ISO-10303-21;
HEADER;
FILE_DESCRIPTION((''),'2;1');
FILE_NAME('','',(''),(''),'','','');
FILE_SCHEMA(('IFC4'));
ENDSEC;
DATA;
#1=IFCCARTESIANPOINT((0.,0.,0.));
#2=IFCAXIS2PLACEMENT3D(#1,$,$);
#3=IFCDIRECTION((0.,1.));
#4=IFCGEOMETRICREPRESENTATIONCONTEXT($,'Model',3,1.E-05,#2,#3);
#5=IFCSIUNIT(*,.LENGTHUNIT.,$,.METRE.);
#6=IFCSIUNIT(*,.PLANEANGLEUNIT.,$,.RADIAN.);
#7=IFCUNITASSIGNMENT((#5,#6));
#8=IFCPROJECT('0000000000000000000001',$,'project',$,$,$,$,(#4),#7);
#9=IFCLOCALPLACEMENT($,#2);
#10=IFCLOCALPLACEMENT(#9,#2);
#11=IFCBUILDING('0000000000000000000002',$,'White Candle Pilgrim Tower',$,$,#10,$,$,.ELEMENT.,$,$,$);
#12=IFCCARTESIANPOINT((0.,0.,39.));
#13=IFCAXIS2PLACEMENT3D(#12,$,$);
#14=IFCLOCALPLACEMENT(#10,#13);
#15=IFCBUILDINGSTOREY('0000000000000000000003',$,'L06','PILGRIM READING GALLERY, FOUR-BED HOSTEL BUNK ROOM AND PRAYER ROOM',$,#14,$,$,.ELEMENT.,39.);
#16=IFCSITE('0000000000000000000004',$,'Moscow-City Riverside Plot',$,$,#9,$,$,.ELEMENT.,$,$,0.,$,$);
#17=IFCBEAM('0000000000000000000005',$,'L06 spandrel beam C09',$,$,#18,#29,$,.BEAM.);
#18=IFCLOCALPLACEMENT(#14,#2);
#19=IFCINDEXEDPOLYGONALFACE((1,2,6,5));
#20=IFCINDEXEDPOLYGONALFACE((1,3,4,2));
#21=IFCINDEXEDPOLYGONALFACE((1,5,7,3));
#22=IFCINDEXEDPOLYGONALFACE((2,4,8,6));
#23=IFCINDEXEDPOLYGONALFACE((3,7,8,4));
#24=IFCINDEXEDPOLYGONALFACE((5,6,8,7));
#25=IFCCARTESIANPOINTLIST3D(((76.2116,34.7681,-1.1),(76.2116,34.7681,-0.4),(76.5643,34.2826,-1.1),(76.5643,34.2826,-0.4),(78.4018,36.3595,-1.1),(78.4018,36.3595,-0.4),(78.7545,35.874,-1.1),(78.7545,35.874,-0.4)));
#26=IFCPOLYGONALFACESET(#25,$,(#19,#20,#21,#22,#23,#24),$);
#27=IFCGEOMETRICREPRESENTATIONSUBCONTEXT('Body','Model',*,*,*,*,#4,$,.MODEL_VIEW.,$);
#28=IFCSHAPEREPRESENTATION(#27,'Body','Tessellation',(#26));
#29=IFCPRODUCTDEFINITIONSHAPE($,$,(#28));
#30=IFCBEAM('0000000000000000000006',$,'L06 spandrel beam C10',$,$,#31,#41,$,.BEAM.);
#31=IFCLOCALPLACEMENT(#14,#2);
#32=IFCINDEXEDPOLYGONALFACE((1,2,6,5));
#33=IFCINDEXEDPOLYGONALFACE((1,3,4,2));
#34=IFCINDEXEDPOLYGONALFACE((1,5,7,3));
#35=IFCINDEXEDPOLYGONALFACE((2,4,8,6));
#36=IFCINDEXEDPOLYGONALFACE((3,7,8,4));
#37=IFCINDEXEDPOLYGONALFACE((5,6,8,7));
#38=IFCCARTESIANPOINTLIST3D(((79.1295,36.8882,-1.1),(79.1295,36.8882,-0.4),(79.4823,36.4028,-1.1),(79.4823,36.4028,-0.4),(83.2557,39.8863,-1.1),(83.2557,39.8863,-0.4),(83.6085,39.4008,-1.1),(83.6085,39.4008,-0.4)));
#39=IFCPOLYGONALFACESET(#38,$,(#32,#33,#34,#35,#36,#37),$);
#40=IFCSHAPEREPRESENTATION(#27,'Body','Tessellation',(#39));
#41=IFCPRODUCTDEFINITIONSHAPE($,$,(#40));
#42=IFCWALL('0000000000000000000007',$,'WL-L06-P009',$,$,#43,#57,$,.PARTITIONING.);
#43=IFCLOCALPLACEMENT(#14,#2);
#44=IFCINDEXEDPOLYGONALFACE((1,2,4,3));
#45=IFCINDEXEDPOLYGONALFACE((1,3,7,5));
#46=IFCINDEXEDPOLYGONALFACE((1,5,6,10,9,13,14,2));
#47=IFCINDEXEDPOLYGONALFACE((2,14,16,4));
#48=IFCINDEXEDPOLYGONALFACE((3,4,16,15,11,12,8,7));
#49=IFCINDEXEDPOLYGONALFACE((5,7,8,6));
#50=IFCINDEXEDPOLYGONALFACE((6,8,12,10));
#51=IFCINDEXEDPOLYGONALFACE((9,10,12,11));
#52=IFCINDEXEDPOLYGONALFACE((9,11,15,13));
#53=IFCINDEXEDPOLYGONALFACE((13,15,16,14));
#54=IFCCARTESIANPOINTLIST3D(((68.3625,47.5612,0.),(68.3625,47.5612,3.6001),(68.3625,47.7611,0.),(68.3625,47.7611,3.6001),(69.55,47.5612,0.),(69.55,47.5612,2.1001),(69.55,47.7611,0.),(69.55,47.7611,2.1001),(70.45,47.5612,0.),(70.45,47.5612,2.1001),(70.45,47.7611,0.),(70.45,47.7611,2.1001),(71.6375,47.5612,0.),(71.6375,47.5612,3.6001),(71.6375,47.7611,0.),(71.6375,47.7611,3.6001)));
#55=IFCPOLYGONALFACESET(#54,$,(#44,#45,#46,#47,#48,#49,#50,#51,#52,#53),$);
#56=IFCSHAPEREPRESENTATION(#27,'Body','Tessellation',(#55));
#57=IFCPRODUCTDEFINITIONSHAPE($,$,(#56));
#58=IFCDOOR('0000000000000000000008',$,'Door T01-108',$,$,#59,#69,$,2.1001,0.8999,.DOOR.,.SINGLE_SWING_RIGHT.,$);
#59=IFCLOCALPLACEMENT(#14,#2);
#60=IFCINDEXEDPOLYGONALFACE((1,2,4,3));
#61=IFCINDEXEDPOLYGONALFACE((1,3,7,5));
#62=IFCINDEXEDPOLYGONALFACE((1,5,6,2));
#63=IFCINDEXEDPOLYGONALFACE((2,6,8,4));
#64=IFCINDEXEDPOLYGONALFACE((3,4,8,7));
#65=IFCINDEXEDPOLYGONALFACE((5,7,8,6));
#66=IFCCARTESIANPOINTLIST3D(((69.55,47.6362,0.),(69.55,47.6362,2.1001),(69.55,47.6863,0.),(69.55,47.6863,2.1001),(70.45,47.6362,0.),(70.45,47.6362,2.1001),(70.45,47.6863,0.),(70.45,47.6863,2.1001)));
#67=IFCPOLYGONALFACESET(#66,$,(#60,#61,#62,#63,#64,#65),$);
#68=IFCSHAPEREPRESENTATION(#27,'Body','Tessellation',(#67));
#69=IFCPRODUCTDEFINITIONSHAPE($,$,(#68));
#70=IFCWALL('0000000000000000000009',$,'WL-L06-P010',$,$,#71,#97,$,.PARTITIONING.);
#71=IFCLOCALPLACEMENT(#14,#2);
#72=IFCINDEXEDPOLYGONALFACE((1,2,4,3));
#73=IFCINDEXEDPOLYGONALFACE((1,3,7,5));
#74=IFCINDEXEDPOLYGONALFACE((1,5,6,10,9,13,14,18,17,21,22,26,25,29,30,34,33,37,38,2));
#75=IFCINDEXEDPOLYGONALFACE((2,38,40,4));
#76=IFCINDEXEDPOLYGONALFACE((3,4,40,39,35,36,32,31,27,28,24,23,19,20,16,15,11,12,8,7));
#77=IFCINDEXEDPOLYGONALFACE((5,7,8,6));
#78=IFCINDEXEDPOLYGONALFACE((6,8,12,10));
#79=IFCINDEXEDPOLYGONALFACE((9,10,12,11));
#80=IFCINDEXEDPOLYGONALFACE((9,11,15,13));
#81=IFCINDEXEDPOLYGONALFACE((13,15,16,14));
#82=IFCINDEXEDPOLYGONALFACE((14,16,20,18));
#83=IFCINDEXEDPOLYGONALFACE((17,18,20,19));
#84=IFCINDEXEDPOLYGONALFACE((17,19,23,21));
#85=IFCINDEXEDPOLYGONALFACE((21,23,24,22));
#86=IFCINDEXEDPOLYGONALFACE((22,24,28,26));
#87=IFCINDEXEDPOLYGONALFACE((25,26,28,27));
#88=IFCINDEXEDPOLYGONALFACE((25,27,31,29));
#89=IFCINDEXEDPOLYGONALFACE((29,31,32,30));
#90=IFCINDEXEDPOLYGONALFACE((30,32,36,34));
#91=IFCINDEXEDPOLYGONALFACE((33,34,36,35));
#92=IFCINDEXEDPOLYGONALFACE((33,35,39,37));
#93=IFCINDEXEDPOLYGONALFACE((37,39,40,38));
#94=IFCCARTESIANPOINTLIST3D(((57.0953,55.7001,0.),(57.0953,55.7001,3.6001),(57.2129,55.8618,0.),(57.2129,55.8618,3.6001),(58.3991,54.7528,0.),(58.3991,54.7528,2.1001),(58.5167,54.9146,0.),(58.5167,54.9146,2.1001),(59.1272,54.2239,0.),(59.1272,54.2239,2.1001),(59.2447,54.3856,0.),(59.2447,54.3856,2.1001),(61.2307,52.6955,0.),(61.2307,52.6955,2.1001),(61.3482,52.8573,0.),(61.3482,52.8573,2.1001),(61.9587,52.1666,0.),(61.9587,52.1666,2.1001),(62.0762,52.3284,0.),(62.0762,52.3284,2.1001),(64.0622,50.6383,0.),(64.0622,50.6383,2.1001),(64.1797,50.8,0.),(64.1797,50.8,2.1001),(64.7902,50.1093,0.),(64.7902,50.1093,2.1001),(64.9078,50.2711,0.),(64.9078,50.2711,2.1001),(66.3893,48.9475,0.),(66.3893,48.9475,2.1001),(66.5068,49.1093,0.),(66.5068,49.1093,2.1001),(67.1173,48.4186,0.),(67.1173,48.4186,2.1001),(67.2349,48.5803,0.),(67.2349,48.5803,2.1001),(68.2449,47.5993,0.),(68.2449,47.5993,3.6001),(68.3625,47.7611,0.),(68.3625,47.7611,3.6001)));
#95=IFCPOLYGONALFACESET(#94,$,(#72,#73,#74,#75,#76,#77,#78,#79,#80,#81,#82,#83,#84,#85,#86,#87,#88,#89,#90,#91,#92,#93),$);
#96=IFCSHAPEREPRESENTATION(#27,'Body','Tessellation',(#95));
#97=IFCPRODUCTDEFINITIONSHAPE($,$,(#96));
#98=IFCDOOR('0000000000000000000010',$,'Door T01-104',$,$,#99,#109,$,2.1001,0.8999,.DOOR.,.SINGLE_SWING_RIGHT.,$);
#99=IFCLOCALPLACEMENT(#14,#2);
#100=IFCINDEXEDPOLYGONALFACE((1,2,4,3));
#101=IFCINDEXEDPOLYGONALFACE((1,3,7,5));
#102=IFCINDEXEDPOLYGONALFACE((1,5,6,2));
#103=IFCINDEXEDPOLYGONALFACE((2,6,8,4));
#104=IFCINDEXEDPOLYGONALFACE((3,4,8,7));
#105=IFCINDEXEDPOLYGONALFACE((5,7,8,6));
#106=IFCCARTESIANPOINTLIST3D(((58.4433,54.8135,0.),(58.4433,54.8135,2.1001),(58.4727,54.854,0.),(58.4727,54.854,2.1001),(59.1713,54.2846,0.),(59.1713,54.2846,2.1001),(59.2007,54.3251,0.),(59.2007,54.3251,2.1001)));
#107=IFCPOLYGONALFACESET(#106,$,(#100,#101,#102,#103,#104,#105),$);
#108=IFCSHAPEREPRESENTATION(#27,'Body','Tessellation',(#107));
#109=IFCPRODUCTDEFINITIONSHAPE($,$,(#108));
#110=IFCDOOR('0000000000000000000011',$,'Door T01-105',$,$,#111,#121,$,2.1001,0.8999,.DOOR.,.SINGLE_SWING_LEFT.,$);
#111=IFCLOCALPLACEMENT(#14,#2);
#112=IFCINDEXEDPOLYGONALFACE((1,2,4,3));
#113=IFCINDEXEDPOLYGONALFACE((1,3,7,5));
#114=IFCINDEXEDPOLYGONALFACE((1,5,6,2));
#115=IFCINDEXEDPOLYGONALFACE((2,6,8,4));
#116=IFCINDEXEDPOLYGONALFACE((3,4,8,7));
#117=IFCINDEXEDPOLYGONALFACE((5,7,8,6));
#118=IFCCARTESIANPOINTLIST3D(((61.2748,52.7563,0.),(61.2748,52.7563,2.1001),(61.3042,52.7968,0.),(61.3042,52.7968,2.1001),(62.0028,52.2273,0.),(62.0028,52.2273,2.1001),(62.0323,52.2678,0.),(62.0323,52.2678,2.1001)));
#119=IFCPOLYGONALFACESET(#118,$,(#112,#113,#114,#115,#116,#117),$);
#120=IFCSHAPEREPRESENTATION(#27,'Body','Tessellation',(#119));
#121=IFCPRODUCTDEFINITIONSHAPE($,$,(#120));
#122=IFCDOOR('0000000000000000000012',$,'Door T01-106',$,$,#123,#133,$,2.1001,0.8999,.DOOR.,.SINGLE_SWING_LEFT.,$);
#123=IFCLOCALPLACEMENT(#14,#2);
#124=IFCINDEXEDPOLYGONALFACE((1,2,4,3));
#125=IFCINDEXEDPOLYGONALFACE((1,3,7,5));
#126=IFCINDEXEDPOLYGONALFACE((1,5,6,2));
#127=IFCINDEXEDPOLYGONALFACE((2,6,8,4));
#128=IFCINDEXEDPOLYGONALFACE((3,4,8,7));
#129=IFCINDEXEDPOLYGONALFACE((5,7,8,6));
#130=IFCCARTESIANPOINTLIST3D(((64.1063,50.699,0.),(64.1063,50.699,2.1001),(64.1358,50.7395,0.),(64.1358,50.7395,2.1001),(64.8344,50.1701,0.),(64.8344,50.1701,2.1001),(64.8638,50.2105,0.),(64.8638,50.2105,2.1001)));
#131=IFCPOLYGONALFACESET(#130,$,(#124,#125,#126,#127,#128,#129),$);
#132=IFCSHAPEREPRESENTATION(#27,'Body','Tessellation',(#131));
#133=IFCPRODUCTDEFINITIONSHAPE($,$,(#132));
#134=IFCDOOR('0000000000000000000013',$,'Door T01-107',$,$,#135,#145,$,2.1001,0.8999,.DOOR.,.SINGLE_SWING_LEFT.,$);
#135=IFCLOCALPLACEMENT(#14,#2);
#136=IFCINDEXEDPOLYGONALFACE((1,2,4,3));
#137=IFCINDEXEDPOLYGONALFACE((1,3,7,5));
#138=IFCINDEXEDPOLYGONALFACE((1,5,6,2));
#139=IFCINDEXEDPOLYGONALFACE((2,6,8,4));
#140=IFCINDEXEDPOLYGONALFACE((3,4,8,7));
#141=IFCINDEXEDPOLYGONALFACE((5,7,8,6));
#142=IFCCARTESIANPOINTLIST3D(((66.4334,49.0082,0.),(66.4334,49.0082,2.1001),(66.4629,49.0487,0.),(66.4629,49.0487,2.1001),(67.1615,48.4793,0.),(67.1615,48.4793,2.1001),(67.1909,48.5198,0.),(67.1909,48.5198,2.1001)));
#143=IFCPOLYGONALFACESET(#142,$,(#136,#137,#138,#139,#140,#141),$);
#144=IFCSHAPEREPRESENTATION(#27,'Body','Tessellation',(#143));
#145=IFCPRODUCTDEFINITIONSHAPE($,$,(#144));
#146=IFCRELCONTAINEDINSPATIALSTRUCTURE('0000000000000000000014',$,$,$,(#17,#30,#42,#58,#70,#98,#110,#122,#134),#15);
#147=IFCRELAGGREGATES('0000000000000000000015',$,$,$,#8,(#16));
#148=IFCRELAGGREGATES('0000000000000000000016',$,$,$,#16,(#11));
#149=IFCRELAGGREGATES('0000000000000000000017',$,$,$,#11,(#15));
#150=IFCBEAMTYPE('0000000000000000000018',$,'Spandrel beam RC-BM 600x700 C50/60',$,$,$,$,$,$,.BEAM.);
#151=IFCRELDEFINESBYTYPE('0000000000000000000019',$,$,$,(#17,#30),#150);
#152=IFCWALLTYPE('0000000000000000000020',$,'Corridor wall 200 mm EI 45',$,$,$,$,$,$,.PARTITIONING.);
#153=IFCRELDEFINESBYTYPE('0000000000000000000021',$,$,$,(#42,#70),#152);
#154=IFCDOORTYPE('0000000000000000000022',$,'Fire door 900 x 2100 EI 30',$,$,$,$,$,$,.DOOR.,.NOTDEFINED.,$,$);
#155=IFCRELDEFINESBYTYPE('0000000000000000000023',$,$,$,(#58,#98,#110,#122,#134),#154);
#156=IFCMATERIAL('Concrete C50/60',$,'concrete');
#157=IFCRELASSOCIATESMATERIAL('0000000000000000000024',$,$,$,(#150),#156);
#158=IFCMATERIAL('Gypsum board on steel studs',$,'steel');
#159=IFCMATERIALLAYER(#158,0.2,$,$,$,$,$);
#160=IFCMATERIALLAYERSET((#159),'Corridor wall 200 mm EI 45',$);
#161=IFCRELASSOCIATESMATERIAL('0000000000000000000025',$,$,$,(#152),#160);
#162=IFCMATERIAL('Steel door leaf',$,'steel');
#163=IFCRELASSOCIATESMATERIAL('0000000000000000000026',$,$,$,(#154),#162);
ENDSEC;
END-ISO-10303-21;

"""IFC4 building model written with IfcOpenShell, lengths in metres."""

from ifc_helpers import new_model, si_unit, direction, frame, frame_2d, origin, origin_2d, place, context, subcontext, project, spatial, rectangle, extrude, material, layer, layer_set, material_profile, profile_set, type_object, element, fill, save


model = new_model("IFC4")

# Units and contexts
model_context = context("Model", 3, precision=1e-05, world=origin(), true_north=direction((0.0, 1.0)))
body_context = subcontext(model_context, "Body", "Model", "MODEL_VIEW")
ifc_project = project(units=[si_unit("LENGTHUNIT", "METRE"), si_unit("PLANEANGLEUNIT", "RADIAN")], contexts=[model_context])

# Site, building, storey
site_placement = place(None, origin())
site = spatial("IfcSite", under=ifc_project, at=site_placement, Name="Moscow-City Riverside Plot", CompositionType="ELEMENT", RefElevation=0.0)
building_placement = place(site_placement, origin())
building = spatial("IfcBuilding", under=site, at=building_placement, Name="White Candle Pilgrim Tower", CompositionType="ELEMENT")
storey_placement = place(building_placement, frame((0.0, 0.0, 39.0)))
storey = spatial("IfcBuildingStorey", under=building, at=storey_placement, Name="L06", Description="PILGRIM READING GALLERY, FOUR-BED HOSTEL BUNK ROOM AND PRAYER ROOM", CompositionType="ELEMENT", Elevation=39.0)

# Beams
ifc_material_1 = material(Name="Concrete C50/60", Category="concrete")
ifc_material_profile_1 = material_profile(ifc_material_1, rectangle(XDim=0.6001, YDim=0.7, at=origin_2d()), Name="RC-BM 600x700")
ifc_profile_set_1 = profile_set([ifc_material_profile_1], Name="Concrete C50/60")
beam_type_1 = type_object("IfcBeamType", Name="Spandrel beam RC-BM 600x700 C50/60", PredefinedType="BEAM", material=ifc_profile_set_1)
beam_1_placement = place(storey_placement, frame((76.3879, 34.5254, -0.75), z_axis=(0.809009, 0.587796, 0.0), x_axis=(-0.587796, 0.809009, 0.0)))
element("IfcBeam", 1, at=beam_1_placement, inside=storey, type_object=beam_type_1, Name="L06 spandrel beam C09", PredefinedType="BEAM", context=body_context, shape_type="SweptSolid", body=[
    extrude(rectangle(XDim=0.6001, YDim=0.7, at=origin_2d()), origin(), (0.0, 0.0, 1.0), 2.7073),
])
beam_2_placement = place(storey_placement, frame((79.3059, 36.6455, -0.75), z_axis=(0.809001, 0.587807, 0.0), x_axis=(-0.587807, 0.809001, 0.0)))
element("IfcBeam", 2, at=beam_2_placement, inside=storey, type_object=beam_type_1, Name="L06 spandrel beam C10", PredefinedType="BEAM", context=body_context, shape_type="SweptSolid", body=[
    extrude(rectangle(XDim=0.6001, YDim=0.7, at=origin_2d()), origin(), (0.0, 0.0, 1.0), 5.1003),
])

# Wall, opening, door
ifc_material_2 = material(Name="Gypsum board on steel studs", Category="steel")
ifc_layer_1 = layer(ifc_material_2, 0.2)
ifc_layer_set_1 = layer_set([ifc_layer_1], Name="Corridor wall 200 mm EI 45")
wall_type_1 = type_object("IfcWallType", Name="Corridor wall 200 mm EI 45", PredefinedType="PARTITIONING", material=ifc_layer_set_1)
wall_1_placement = place(storey_placement, frame((71.6375, 47.6611, 0.0), z_axis=(0.0, 0.0, 1.0), x_axis=(-1.0, 0.0, 0.0)))
wall_1 = element("IfcWall", 3, at=wall_1_placement, inside=storey, type_object=wall_type_1, Name="WL-L06-P009", PredefinedType="PARTITIONING", context=body_context, shape_type="SweptSolid", body=[
    extrude(rectangle(XDim=3.2749, YDim=0.2, at=frame_2d((1.6375, 0.0))), origin(), (0.0, 0.0, 1.0), 3.6001),
])
opening_1_placement = place(wall_1_placement, frame((1.1875, 0.0, 0.0)))
opening_1 = element("IfcOpeningElement", 4, at=opening_1_placement, cuts=wall_1, PredefinedType="OPENING", context=body_context, shape_type="SweptSolid", body=[
    extrude(rectangle(XDim=0.8999, YDim=2.1001, at=frame_2d((0.45, 1.05))), frame((0.0, 0.1099, 0.0), z_axis=(0.0, -1.0, 0.0), x_axis=(1.0, 0.0, 0.0)), (0.0, 0.0, 1.0), 0.22),
])
ifc_material_3 = material(Name="Steel door leaf", Category="steel")
door_type = type_object("IfcDoorType", Name="Fire door 900 x 2100 EI 30", OperationType="NOTDEFINED", PredefinedType="DOOR", material=ifc_material_3)
door_1_placement = place(opening_1_placement, origin())
door_1 = element("IfcDoor", 5, at=door_1_placement, inside=storey, type_object=door_type, Name="Door T01-108", OperationType="SINGLE_SWING_RIGHT", OverallHeight=2.1001, OverallWidth=0.8999, PredefinedType="DOOR", context=body_context, shape_type="SweptSolid", body=[
    extrude(rectangle(XDim=0.8999, YDim=2.1001, at=frame_2d((0.45, 1.05))), frame((0.0, 0.0249, 0.0), z_axis=(0.0, -1.0, 0.0), x_axis=(1.0, 0.0, 0.0)), (0.0, 0.0, 1.0), 0.05),
])
fill(opening_1, door_1)

# Wall, openings, doors
wall_2_placement = place(storey_placement, frame((68.3037, 47.6802, 0.0), z_axis=(0.0, 0.0, 1.0), x_axis=(-0.809013, 0.587791, 0.0)))
wall_2 = element("IfcWall", 6, at=wall_2_placement, inside=storey, type_object=wall_type_1, Name="WL-L06-P010", PredefinedType="PARTITIONING", context=body_context, shape_type="SweptSolid", body=[
    extrude(rectangle(XDim=13.7817, YDim=0.2, at=frame_2d((6.8909, 0.0))), origin(), (0.0, 0.0, 1.0), 3.6001),
])
opening_2_placement = place(wall_2_placement, frame((11.2703, 0.0, 0.0)))
opening_2 = element("IfcOpeningElement", 7, at=opening_2_placement, cuts=wall_2, PredefinedType="OPENING", context=body_context, shape_type="SweptSolid", body=[
    extrude(rectangle(XDim=0.8999, YDim=2.1001, at=frame_2d((0.45, 1.05))), frame((0.0, 0.1099, 0.0), z_axis=(0.0, -1.0, 0.0), x_axis=(1.0, 0.0, 0.0)), (0.0, 0.0, 1.0), 0.22),
])
opening_3_placement = place(wall_2_placement, frame((7.7703, 0.0, 0.0)))
opening_3 = element("IfcOpeningElement", 8, at=opening_3_placement, cuts=wall_2, PredefinedType="OPENING", context=body_context, shape_type="SweptSolid", body=[
    extrude(rectangle(XDim=0.8999, YDim=2.1001, at=frame_2d((0.45, 1.05))), frame((0.0, 0.1099, 0.0), z_axis=(0.0, -1.0, 0.0), x_axis=(1.0, 0.0, 0.0)), (0.0, 0.0, 1.0), 0.22),
])
opening_4_placement = place(wall_2_placement, frame((4.2703, 0.0, 0.0)))
opening_4 = element("IfcOpeningElement", 9, at=opening_4_placement, cuts=wall_2, PredefinedType="OPENING", context=body_context, shape_type="SweptSolid", body=[
    extrude(rectangle(XDim=0.8999, YDim=2.1001, at=frame_2d((0.45, 1.05))), frame((0.0, 0.1099, 0.0), z_axis=(0.0, -1.0, 0.0), x_axis=(1.0, 0.0, 0.0)), (0.0, 0.0, 1.0), 0.22),
])
opening_5_placement = place(wall_2_placement, frame((1.3938, 0.0, 0.0)))
opening_5 = element("IfcOpeningElement", 10, at=opening_5_placement, cuts=wall_2, PredefinedType="OPENING", context=body_context, shape_type="SweptSolid", body=[
    extrude(rectangle(XDim=0.8999, YDim=2.1001, at=frame_2d((0.45, 1.05))), frame((0.0, 0.1099, 0.0), z_axis=(0.0, -1.0, 0.0), x_axis=(1.0, 0.0, 0.0)), (0.0, 0.0, 1.0), 0.22),
])
door_2_placement = place(opening_2_placement, origin())
door_2 = element("IfcDoor", 11, at=door_2_placement, inside=storey, type_object=door_type, Name="Door T01-104", OperationType="SINGLE_SWING_RIGHT", OverallHeight=2.1001, OverallWidth=0.8999, PredefinedType="DOOR", context=body_context, shape_type="SweptSolid", body=[
    extrude(rectangle(XDim=0.8999, YDim=2.1001, at=frame_2d((0.45, 1.05))), frame((0.0, 0.0249, 0.0), z_axis=(0.0, -1.0, 0.0), x_axis=(1.0, 0.0, 0.0)), (0.0, 0.0, 1.0), 0.05),
])
fill(opening_2, door_2)
door_3_placement = place(opening_3_placement, origin())
door_3 = element("IfcDoor", 12, at=door_3_placement, inside=storey, type_object=door_type, Name="Door T01-105", OperationType="SINGLE_SWING_LEFT", OverallHeight=2.1001, OverallWidth=0.8999, PredefinedType="DOOR", context=body_context, shape_type="SweptSolid", body=[
    extrude(rectangle(XDim=0.8999, YDim=2.1001, at=frame_2d((0.45, 1.05))), frame((0.0, 0.0249, 0.0), z_axis=(0.0, -1.0, 0.0), x_axis=(1.0, 0.0, 0.0)), (0.0, 0.0, 1.0), 0.05),
])
fill(opening_3, door_3)
door_4_placement = place(opening_4_placement, origin())
door_4 = element("IfcDoor", 13, at=door_4_placement, inside=storey, type_object=door_type, Name="Door T01-106", OperationType="SINGLE_SWING_LEFT", OverallHeight=2.1001, OverallWidth=0.8999, PredefinedType="DOOR", context=body_context, shape_type="SweptSolid", body=[
    extrude(rectangle(XDim=0.8999, YDim=2.1001, at=frame_2d((0.45, 1.05))), frame((0.0, 0.0249, 0.0), z_axis=(0.0, -1.0, 0.0), x_axis=(1.0, 0.0, 0.0)), (0.0, 0.0, 1.0), 0.05),
])
fill(opening_4, door_4)
door_5_placement = place(opening_5_placement, origin())
door_5 = element("IfcDoor", 14, at=door_5_placement, inside=storey, type_object=door_type, Name="Door T01-107", OperationType="SINGLE_SWING_LEFT", OverallHeight=2.1001, OverallWidth=0.8999, PredefinedType="DOOR", context=body_context, shape_type="SweptSolid", body=[
    extrude(rectangle(XDim=0.8999, YDim=2.1001, at=frame_2d((0.45, 1.05))), frame((0.0, 0.0249, 0.0), z_axis=(0.0, -1.0, 0.0), x_axis=(1.0, 0.0, 0.0)), (0.0, 0.0, 1.0), 0.05),
])
fill(opening_5, door_5)

save(model, "model.ifc")
